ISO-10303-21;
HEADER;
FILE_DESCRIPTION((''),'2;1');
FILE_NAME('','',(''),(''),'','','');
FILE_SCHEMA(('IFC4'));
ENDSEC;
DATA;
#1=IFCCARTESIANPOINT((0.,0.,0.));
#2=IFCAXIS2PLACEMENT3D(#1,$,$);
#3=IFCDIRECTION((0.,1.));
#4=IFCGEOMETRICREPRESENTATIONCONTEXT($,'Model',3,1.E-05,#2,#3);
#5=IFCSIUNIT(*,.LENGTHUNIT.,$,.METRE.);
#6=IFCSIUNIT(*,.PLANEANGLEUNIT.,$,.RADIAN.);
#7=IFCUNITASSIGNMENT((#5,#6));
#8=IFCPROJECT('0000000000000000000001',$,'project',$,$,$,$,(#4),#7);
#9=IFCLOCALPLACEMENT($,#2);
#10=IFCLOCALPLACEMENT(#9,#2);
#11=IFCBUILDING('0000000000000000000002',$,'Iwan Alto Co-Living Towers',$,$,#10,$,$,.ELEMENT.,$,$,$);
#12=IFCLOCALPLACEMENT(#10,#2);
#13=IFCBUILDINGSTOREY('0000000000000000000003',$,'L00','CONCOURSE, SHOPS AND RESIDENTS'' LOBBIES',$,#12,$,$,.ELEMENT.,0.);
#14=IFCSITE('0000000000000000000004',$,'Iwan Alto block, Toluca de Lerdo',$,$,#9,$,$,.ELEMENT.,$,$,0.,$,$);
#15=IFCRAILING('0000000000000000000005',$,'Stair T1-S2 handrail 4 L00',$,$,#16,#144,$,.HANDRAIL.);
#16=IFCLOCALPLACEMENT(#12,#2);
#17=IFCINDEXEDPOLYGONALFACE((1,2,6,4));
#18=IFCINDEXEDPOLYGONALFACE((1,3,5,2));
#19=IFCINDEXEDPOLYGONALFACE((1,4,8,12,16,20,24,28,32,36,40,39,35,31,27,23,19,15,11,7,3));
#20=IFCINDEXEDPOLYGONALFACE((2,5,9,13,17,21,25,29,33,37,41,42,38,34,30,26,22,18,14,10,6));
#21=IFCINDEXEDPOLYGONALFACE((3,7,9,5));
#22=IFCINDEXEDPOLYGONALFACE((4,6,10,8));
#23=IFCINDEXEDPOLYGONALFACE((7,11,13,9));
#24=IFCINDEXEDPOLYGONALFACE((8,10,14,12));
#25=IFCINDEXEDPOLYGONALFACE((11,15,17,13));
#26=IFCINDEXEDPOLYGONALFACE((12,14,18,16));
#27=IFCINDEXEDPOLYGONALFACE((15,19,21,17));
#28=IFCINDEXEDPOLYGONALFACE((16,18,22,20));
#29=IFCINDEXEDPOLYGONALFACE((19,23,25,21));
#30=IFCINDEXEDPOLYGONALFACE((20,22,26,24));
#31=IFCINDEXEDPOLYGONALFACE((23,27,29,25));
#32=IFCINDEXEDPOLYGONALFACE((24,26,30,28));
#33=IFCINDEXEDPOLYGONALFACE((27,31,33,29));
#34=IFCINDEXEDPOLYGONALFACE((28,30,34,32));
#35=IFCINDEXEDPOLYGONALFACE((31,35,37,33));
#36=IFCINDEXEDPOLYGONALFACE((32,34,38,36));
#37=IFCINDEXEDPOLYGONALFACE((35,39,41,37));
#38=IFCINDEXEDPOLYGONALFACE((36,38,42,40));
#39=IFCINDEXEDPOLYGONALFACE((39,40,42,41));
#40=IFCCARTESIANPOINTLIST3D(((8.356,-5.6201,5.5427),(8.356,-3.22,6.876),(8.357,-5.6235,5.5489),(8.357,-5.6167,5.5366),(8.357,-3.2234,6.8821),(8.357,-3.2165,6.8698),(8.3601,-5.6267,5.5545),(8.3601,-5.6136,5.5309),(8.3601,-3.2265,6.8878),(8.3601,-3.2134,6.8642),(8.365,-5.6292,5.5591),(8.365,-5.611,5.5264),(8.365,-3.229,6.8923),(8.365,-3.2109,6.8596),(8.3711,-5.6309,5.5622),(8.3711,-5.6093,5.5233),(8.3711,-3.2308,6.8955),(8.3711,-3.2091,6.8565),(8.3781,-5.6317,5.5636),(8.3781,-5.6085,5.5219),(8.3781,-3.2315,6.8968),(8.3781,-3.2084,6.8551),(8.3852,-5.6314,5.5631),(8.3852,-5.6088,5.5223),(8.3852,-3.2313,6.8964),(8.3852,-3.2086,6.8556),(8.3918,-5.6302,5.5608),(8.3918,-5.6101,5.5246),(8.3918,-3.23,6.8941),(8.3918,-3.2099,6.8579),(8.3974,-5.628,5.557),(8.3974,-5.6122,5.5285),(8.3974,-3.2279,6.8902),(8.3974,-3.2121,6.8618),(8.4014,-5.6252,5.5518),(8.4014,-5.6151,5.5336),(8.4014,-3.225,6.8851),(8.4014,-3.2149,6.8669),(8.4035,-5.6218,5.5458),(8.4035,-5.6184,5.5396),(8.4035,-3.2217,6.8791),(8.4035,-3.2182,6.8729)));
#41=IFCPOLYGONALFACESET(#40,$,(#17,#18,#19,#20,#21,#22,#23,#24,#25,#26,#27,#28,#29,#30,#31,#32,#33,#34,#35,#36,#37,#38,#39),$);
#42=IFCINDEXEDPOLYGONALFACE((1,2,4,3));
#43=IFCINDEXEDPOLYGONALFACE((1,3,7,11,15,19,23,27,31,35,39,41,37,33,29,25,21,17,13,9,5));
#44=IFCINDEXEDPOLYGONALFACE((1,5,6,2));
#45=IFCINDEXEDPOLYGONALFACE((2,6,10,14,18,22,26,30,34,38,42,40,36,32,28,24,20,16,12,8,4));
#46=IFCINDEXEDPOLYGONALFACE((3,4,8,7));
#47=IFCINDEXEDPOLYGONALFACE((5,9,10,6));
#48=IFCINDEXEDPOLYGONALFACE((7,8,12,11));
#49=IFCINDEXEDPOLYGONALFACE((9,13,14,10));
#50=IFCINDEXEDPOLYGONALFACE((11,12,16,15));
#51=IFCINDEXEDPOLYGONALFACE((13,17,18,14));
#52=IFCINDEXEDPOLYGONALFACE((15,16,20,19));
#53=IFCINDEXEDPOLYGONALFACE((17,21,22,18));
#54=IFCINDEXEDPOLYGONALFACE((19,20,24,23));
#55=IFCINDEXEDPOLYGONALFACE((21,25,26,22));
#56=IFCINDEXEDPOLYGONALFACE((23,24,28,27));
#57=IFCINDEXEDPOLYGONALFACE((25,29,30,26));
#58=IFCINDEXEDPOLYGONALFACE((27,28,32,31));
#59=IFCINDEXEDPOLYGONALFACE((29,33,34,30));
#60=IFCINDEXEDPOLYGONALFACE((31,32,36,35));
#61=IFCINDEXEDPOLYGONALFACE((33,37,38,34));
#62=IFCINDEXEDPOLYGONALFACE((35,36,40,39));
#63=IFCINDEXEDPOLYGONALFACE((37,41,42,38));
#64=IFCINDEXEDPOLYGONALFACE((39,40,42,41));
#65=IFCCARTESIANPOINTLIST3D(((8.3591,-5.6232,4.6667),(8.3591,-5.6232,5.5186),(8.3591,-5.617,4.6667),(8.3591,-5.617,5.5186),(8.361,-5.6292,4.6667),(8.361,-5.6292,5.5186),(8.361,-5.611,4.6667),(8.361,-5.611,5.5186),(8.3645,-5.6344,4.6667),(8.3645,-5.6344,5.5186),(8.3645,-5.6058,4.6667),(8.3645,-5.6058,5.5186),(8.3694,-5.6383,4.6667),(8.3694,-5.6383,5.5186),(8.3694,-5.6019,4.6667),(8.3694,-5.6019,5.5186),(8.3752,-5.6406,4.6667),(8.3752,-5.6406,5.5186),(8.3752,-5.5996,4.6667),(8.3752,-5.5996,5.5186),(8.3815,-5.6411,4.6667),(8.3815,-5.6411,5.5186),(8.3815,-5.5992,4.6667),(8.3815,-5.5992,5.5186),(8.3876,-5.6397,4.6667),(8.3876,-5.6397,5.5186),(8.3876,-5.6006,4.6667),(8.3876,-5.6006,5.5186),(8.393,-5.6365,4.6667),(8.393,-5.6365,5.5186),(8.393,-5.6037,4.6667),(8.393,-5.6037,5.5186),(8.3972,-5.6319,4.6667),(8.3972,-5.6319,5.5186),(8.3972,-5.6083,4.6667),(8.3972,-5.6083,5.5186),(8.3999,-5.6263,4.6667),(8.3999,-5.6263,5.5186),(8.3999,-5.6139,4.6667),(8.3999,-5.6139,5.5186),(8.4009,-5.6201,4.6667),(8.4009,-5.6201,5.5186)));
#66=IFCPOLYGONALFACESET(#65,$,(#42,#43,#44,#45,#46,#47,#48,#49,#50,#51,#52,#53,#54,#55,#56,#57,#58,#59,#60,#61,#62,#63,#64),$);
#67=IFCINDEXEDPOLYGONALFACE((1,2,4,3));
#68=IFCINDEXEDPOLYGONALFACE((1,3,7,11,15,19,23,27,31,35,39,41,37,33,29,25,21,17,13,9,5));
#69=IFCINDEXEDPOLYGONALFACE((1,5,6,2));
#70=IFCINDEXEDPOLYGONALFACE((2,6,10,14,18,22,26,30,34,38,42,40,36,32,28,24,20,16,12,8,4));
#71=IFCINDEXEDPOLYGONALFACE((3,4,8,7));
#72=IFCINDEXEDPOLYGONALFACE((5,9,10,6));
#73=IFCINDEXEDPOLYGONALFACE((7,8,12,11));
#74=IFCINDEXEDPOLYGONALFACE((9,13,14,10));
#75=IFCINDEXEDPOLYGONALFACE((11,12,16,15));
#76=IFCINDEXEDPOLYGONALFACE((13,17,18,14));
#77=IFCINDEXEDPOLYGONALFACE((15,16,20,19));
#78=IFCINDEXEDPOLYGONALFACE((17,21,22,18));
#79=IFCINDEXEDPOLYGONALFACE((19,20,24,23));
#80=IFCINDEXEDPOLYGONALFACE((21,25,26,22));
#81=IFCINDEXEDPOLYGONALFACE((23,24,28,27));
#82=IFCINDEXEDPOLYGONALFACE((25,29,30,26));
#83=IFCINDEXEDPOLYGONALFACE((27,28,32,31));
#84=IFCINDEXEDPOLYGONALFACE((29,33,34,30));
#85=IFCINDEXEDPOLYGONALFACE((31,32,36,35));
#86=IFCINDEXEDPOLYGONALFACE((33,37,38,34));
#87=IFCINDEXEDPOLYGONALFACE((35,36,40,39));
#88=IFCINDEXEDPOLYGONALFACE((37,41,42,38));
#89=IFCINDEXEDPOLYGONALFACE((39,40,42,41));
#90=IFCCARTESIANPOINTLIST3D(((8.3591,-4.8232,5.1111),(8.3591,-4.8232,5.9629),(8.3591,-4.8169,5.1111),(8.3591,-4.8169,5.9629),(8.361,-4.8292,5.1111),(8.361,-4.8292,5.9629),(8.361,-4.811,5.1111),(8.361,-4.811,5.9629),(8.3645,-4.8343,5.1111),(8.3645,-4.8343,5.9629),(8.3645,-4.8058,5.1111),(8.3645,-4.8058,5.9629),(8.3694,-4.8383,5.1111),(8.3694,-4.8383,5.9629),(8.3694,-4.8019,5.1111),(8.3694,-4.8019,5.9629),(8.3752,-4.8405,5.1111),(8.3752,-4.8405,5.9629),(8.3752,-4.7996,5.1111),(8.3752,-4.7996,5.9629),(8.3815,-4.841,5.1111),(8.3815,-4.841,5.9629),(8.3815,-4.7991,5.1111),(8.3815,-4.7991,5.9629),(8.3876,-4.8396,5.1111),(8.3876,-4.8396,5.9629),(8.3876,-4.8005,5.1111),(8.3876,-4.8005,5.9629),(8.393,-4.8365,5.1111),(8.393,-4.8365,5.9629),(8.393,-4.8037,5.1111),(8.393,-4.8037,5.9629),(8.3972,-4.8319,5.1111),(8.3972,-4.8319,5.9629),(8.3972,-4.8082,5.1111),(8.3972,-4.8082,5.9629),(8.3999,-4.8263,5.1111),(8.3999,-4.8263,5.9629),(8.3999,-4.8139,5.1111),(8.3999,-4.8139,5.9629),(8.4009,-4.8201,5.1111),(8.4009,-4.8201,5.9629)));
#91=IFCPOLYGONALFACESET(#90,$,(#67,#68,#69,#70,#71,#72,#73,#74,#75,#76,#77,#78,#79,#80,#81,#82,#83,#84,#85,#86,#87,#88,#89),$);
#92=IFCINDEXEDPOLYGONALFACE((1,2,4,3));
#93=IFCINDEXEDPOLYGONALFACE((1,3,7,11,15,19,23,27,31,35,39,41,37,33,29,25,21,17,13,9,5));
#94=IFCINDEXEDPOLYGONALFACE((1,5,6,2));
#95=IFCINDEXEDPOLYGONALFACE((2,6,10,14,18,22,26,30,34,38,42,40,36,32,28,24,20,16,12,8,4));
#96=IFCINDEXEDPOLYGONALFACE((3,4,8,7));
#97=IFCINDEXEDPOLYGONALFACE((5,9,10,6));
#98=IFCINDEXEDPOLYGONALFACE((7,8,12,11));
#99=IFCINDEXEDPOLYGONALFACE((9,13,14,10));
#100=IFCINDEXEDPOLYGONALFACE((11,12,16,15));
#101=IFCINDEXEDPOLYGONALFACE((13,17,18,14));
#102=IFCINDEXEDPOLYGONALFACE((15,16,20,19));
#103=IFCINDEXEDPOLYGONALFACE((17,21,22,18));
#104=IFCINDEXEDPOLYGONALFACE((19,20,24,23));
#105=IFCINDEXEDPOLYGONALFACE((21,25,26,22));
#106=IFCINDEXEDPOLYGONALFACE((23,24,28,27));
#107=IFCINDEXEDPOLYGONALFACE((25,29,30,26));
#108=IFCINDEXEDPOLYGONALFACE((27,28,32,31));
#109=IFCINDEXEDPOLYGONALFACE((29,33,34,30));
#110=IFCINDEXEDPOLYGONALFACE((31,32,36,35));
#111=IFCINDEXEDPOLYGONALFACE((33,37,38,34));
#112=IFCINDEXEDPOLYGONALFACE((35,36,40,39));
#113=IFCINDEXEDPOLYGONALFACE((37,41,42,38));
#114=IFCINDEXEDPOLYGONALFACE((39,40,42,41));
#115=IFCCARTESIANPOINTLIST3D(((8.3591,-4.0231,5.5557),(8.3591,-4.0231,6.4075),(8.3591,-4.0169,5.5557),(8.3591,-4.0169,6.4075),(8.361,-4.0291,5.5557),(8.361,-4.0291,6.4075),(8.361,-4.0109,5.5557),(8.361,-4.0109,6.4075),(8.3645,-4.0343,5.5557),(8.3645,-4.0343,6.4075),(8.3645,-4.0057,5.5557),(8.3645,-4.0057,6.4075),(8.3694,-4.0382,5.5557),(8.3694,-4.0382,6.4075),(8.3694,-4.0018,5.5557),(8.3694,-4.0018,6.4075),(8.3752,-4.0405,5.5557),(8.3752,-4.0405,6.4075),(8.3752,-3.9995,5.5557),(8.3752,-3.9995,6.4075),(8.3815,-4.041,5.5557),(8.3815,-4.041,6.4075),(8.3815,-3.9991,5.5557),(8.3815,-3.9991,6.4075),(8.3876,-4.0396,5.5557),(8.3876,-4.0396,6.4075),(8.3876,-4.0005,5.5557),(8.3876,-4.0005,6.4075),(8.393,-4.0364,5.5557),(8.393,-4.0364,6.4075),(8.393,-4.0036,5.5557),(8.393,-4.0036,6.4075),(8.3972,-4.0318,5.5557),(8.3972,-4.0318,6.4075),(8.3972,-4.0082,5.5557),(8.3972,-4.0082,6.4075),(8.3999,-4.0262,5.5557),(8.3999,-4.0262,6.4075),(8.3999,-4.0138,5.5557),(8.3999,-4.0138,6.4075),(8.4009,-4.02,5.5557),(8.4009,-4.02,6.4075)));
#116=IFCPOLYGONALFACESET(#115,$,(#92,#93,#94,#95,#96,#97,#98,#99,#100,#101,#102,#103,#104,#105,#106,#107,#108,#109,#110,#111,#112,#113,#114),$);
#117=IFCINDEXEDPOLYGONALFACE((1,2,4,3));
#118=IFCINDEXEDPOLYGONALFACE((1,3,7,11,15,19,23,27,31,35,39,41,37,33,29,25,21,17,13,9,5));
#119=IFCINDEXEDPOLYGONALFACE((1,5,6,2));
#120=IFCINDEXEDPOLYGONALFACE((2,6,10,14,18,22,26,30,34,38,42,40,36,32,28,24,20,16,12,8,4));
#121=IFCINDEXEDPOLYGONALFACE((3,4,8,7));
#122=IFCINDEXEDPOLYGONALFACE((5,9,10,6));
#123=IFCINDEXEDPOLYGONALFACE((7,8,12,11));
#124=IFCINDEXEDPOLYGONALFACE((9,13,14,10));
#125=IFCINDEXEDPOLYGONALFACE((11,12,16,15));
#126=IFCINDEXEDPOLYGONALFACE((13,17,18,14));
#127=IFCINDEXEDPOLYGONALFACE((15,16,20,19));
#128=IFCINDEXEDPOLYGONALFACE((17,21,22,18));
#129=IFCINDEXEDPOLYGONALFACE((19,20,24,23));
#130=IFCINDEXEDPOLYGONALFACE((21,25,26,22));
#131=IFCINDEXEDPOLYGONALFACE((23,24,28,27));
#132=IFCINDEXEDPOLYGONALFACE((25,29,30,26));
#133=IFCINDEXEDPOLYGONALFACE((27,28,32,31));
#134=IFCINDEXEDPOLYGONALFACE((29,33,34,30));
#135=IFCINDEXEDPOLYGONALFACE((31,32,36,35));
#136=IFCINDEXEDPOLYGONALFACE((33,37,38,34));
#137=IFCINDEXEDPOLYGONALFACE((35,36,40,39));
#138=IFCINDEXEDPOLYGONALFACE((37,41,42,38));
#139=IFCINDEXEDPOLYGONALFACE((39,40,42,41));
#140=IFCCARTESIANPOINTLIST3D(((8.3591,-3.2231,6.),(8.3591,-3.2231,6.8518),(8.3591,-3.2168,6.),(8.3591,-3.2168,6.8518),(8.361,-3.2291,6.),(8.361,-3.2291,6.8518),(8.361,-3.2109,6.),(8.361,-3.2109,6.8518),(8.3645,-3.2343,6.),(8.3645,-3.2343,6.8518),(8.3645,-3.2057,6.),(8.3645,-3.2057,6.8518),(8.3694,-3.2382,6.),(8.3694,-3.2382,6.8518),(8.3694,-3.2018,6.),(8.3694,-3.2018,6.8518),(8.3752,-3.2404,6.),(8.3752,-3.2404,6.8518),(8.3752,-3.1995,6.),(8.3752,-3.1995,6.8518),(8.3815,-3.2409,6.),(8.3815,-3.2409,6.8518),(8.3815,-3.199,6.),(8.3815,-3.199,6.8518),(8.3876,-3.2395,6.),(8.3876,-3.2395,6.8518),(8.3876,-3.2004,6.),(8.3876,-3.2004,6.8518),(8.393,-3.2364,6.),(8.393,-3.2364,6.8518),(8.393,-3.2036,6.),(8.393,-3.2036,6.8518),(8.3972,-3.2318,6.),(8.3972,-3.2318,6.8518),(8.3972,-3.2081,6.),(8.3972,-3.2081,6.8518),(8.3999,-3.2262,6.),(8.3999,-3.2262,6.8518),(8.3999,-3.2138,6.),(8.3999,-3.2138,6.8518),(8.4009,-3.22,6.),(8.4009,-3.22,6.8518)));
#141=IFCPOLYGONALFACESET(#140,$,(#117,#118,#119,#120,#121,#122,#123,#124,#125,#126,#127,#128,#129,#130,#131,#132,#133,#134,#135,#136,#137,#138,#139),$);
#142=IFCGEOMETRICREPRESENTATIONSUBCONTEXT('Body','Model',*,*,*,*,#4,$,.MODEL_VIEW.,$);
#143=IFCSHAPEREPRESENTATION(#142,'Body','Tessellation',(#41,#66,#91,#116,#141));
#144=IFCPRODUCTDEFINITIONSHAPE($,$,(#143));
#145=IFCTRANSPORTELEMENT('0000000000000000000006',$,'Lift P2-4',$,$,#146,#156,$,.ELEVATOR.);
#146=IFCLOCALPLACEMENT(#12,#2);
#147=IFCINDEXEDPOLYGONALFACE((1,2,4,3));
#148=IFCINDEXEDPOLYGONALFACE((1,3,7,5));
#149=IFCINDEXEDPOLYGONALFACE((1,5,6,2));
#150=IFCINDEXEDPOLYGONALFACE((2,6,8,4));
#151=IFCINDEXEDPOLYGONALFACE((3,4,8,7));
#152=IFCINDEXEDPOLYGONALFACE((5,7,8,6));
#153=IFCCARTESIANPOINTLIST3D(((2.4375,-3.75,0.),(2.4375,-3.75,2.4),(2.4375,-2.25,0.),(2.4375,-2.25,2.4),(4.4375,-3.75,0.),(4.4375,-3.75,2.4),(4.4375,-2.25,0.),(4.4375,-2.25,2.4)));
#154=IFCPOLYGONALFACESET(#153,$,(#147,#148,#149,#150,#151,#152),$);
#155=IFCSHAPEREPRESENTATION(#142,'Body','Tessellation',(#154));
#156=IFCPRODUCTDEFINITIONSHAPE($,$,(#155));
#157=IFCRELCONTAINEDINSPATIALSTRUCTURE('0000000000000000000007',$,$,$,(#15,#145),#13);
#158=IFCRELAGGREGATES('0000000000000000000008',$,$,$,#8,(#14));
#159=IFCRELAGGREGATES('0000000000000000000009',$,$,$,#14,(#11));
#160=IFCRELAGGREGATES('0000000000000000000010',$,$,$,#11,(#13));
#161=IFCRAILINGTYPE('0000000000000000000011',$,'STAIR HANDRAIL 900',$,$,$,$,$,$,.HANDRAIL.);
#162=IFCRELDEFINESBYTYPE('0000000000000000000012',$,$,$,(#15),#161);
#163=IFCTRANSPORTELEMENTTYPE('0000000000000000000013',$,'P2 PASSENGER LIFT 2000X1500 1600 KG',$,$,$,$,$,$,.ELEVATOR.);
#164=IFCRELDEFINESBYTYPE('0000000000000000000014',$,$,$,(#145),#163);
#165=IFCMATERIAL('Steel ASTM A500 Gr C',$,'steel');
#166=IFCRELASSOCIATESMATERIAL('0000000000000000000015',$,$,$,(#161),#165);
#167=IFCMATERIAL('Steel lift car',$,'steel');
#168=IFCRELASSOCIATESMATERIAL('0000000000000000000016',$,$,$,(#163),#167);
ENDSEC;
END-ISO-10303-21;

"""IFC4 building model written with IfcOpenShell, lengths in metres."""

from ifc_helpers import new_model, si_unit, direction, frame, origin, origin_2d, place, context, subcontext, project, spatial, rectangle, circle, extrude, material, type_object, element, save


model = new_model("IFC4")

# Units and contexts
model_context = context("Model", 3, precision=1e-05, world=origin(), true_north=direction((0.0, 1.0)))
body_context = subcontext(model_context, "Body", "Model", "MODEL_VIEW")
ifc_project = project(units=[si_unit("LENGTHUNIT", "METRE"), si_unit("PLANEANGLEUNIT", "RADIAN")], contexts=[model_context])

# Site, building, storey
site_placement = place(None, origin())
site = spatial("IfcSite", under=ifc_project, at=site_placement, Name="Iwan Alto block, Toluca de Lerdo", CompositionType="ELEMENT", RefElevation=0.0)
building_placement = place(site_placement, origin())
building = spatial("IfcBuilding", under=site, at=building_placement, Name="Iwan Alto Co-Living Towers", CompositionType="ELEMENT")
storey_placement = place(building_placement, origin())
storey = spatial("IfcBuildingStorey", under=building, at=storey_placement, Name="L00", Description="CONCOURSE, SHOPS AND RESIDENTS' LOBBIES", CompositionType="ELEMENT", Elevation=0.0)

# Railing
ifc_material_1 = material(Name="Steel ASTM A500 Gr C", Category="steel")
railing_type_1 = type_object("IfcRailingType", Name="STAIR HANDRAIL 900", PredefinedType="HANDRAIL", material=ifc_material_1)
railing_1_placement = place(storey_placement, frame((8.3799, -5.6201, 4.6667)))
element("IfcRailing", 1, at=railing_1_placement, inside=storey, type_object=railing_type_1, Name="Stair T1-S2 handrail 4 L00", PredefinedType="HANDRAIL", context=body_context, shape_type="SweptSolid", body=[
    extrude(circle(Radius=0.0239, at=origin_2d()), frame((0.0, 0.0, 0.876), z_axis=(0.0, 0.874182, 0.485598), x_axis=(-1.0, 0.0, 0.0)), (0.0, 0.0, 1.0), 2.7456),
    extrude(circle(Radius=0.021, at=origin_2d()), origin(), (0.0, 0.0, 1.0), 0.8518),
    extrude(circle(Radius=0.021, at=origin_2d()), frame((0.0, 0.8, 0.4443)), (0.0, 0.0, 1.0), 0.8518),
    extrude(circle(Radius=0.021, at=origin_2d()), frame((0.0, 1.6001, 0.8889)), (0.0, 0.0, 1.0), 0.8518),
    extrude(circle(Radius=0.021, at=origin_2d()), frame((0.0, 2.4001, 1.3333)), (0.0, 0.0, 1.0), 0.8518),
])

# Transport element
ifc_material_2 = material(Name="Steel lift car", Category="steel")
transport_element_type = type_object("IfcTransportElementType", Name="P2 PASSENGER LIFT 2000X1500 1600 KG", PredefinedType="ELEVATOR", material=ifc_material_2)
transport_element_placement = place(storey_placement, frame((3.4375, -3.0, 0.0), z_axis=(0.0, 0.0, 1.0), x_axis=(1.0, 0.0, 0.0)))
element("IfcTransportElement", 2, at=transport_element_placement, inside=storey, type_object=transport_element_type, Name="Lift P2-4", PredefinedType="ELEVATOR", context=body_context, shape_type="SweptSolid", body=[
    extrude(rectangle(XDim=2.0, YDim=1.5, at=origin_2d()), origin(), (0.0, 0.0, 1.0), 2.4),
])

save(model, "model.ifc")
